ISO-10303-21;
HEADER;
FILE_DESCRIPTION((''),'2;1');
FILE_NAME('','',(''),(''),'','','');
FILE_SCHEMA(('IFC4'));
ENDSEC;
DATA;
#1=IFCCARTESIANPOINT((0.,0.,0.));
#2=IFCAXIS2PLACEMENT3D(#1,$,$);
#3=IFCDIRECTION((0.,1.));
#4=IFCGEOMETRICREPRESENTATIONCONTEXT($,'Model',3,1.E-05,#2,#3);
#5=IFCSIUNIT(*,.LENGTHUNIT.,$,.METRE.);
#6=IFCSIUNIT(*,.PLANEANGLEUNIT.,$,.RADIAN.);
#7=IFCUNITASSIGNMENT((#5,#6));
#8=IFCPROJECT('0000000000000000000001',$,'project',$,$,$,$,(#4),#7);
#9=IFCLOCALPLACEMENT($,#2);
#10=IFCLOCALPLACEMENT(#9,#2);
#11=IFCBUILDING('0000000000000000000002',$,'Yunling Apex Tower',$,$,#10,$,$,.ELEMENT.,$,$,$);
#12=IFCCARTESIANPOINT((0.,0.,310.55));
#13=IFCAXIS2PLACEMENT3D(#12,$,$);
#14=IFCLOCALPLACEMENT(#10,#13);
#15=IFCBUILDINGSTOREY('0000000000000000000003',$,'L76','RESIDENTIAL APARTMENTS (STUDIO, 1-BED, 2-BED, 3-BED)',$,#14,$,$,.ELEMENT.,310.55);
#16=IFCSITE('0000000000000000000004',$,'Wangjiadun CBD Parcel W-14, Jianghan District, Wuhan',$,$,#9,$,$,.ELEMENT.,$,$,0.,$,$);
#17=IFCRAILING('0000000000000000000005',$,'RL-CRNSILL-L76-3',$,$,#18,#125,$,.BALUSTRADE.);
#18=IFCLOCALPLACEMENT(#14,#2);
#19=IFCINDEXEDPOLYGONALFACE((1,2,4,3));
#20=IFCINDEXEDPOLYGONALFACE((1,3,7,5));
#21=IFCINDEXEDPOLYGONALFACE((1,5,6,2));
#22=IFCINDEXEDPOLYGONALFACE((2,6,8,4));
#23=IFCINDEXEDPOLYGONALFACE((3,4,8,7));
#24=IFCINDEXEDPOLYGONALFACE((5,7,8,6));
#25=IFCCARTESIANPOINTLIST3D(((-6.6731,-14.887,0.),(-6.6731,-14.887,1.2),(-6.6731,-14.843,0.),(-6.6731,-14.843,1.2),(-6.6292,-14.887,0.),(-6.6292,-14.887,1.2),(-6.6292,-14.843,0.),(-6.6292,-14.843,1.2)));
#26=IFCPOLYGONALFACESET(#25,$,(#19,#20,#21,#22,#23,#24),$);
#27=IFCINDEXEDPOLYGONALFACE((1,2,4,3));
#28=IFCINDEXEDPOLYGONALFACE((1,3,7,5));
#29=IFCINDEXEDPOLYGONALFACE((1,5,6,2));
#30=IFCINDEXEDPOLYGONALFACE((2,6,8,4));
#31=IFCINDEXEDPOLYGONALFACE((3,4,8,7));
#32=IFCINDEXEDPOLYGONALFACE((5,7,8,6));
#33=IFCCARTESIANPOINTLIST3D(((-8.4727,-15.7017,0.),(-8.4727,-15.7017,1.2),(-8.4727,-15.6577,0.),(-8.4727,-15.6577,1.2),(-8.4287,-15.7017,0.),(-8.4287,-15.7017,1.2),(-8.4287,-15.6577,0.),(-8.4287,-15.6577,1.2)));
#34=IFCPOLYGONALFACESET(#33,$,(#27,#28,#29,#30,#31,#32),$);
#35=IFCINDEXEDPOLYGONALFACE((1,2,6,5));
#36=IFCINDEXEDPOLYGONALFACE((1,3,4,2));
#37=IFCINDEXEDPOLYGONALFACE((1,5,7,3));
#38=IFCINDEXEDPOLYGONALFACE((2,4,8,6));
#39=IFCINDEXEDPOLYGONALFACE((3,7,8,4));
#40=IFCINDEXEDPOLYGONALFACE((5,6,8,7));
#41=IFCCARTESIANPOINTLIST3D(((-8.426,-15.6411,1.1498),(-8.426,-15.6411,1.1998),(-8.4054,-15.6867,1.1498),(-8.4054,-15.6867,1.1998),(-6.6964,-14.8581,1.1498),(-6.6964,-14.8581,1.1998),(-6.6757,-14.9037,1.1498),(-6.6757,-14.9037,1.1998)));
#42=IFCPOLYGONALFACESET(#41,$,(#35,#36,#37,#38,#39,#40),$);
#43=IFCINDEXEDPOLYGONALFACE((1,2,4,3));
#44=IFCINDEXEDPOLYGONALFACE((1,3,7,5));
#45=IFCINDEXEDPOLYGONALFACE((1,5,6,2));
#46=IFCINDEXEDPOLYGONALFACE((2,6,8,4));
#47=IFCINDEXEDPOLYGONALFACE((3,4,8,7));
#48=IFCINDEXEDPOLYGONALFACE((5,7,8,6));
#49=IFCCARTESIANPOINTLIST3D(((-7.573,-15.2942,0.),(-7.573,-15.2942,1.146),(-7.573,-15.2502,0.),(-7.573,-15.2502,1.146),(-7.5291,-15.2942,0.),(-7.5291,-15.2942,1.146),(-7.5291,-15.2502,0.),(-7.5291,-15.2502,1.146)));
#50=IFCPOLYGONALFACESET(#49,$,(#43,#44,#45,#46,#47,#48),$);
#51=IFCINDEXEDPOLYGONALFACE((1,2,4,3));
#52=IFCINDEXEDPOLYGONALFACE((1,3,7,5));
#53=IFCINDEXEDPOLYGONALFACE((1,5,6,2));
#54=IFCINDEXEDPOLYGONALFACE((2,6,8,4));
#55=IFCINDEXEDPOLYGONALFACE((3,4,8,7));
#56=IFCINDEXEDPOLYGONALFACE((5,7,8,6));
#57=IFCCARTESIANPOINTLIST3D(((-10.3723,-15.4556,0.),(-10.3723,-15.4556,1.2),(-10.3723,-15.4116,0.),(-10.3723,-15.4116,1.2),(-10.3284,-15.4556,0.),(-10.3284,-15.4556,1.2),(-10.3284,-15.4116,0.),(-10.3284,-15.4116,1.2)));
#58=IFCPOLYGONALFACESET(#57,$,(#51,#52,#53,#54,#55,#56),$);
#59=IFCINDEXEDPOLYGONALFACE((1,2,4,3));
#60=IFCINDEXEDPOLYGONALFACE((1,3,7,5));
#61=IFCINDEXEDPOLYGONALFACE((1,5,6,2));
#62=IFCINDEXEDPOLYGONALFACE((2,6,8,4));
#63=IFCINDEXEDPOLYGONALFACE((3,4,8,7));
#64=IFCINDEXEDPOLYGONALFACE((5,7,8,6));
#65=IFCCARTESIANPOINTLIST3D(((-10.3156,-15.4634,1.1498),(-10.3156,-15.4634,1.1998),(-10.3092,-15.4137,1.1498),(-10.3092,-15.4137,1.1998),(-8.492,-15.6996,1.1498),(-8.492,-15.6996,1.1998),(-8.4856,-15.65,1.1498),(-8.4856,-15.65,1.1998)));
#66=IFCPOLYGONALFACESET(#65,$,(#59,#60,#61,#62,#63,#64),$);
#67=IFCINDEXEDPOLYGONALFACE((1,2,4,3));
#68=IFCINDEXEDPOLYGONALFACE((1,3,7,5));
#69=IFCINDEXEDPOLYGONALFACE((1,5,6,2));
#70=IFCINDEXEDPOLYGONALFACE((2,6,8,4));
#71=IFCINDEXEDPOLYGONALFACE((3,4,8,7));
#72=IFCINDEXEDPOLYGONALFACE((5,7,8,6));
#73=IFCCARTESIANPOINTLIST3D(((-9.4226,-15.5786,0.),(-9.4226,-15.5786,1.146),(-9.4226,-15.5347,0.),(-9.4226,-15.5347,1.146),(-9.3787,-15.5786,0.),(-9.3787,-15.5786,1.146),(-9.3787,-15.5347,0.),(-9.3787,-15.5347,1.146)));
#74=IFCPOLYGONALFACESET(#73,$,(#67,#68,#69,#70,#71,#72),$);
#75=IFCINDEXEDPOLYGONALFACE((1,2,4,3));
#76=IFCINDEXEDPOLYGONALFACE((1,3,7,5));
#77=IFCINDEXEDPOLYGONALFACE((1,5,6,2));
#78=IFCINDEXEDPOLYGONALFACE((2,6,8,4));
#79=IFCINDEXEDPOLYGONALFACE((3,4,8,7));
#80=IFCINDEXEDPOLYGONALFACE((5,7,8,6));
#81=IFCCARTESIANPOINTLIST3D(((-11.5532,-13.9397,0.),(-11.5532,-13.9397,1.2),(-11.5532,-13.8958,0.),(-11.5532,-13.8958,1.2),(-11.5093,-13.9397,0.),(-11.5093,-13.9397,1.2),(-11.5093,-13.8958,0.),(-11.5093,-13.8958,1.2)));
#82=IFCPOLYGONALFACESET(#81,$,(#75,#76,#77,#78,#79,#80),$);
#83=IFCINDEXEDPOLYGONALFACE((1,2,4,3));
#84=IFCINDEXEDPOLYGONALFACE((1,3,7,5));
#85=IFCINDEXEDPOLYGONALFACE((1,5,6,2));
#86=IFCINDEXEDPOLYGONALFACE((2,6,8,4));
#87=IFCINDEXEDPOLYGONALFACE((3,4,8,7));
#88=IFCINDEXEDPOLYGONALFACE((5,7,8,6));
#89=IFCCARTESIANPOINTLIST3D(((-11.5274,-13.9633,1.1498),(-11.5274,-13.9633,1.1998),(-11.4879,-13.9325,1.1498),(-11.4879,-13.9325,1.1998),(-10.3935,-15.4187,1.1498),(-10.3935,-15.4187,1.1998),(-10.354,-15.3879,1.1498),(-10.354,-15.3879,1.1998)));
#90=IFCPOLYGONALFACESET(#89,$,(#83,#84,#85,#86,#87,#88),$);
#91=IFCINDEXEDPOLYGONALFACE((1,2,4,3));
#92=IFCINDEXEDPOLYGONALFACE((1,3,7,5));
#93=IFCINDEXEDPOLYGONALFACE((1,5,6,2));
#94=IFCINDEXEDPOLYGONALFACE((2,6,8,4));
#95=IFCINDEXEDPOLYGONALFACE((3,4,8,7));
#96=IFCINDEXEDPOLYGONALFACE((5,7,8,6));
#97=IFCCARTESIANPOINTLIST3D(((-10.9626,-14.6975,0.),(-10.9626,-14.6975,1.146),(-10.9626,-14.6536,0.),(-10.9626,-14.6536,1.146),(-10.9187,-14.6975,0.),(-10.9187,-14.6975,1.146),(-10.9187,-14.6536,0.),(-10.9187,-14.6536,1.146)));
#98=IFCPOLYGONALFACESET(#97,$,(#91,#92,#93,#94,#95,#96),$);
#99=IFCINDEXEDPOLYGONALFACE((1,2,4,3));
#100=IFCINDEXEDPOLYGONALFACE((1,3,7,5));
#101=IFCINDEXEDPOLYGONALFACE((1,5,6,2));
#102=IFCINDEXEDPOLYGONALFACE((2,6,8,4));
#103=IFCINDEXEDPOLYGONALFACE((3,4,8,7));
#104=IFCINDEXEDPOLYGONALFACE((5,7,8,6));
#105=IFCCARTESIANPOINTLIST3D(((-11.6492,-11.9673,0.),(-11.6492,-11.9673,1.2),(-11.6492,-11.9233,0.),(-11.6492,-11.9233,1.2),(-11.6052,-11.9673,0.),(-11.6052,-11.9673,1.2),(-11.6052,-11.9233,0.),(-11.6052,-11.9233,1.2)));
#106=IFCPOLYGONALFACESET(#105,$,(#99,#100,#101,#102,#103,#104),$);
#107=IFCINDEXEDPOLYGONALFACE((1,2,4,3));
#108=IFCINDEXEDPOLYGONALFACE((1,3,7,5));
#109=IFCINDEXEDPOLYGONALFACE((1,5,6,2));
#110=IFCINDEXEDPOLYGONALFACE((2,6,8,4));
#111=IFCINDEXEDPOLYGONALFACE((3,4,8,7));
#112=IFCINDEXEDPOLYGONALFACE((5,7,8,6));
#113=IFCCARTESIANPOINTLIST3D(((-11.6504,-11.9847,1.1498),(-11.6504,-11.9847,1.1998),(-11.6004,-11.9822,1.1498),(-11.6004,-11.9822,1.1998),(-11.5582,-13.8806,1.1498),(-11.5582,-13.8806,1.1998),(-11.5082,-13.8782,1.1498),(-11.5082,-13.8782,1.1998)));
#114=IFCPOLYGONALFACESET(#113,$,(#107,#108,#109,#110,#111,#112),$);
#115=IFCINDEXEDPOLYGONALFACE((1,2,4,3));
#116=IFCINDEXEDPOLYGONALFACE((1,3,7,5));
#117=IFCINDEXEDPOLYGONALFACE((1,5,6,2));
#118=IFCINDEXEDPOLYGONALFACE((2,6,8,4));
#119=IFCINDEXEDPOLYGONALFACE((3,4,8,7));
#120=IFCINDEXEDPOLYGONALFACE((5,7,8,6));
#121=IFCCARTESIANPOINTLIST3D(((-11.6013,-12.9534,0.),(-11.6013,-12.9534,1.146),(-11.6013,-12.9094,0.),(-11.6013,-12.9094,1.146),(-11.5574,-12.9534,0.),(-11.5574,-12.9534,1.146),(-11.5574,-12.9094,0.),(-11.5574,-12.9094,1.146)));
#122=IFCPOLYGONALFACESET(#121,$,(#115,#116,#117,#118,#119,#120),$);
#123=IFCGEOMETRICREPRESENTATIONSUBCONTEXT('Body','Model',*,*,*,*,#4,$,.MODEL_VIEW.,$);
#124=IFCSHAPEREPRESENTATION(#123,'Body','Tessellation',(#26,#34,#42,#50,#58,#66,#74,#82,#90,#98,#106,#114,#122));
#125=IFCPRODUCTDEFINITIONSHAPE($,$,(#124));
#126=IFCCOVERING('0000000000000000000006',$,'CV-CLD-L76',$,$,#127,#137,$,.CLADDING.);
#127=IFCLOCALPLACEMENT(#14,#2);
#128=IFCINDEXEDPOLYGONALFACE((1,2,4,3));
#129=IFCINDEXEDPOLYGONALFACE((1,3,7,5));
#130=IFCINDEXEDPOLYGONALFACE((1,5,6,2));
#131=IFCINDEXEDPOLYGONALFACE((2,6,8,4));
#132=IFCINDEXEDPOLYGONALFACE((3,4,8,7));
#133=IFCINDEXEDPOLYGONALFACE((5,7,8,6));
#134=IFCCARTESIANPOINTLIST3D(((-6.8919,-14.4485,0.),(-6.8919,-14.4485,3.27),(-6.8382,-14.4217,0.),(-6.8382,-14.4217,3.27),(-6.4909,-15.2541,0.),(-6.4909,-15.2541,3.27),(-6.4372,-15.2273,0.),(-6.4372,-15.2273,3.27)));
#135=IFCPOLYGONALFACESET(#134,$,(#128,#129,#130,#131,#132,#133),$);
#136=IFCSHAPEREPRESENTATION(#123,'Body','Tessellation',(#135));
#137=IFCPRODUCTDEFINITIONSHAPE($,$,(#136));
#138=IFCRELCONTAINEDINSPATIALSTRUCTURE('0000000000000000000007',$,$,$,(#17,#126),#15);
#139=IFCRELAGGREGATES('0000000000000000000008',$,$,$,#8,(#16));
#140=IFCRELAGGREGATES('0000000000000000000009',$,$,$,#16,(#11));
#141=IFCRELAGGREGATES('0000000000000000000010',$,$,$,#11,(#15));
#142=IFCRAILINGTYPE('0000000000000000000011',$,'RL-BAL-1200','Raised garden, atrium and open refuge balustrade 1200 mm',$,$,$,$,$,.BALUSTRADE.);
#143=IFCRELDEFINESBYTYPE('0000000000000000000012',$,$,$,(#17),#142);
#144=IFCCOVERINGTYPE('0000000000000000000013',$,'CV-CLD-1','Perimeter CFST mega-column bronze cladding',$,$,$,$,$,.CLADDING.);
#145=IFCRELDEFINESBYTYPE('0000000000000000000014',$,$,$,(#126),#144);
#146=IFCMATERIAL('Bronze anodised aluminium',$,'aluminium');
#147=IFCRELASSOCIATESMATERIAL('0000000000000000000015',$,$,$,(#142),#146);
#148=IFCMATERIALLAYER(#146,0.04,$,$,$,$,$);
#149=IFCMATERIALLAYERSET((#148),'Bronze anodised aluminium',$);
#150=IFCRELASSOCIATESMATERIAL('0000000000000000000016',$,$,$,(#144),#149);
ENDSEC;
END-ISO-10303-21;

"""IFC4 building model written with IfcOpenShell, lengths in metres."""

from ifc_helpers import new_model, si_unit, direction, frame, origin, origin_2d, place, context, subcontext, project, spatial, rectangle, extrude, source, transform, mapped, material, layer, layer_set, type_object, element, save


model = new_model("IFC4")

# Units and contexts
model_context = context("Model", 3, precision=1e-05, world=origin(), true_north=direction((0.0, 1.0)))
body_context = subcontext(model_context, "Body", "Model", "MODEL_VIEW")
ifc_project = project(units=[si_unit("LENGTHUNIT", "METRE"), si_unit("PLANEANGLEUNIT", "RADIAN")], contexts=[model_context])

# Site, building, storey
site_placement = place(None, origin())
site = spatial("IfcSite", under=ifc_project, at=site_placement, Name="Wangjiadun CBD Parcel W-14, Jianghan District, Wuhan", CompositionType="ELEMENT", RefElevation=0.0)
building_placement = place(site_placement, origin())
building = spatial("IfcBuilding", under=site, at=building_placement, Name="Yunling Apex Tower", CompositionType="ELEMENT")
storey_placement = place(building_placement, frame((0.0, 0.0, 310.55)))
storey = spatial("IfcBuildingStorey", under=building, at=storey_placement, Name="L76", Description="RESIDENTIAL APARTMENTS (STUDIO, 1-BED, 2-BED, 3-BED)", CompositionType="ELEMENT", Elevation=310.55)

# Shared definitions
ifc_material_1 = material(Name="Bronze anodised aluminium", Category="aluminium")

# Railing
railing_type = type_object("IfcRailingType", Name="RL-BAL-1200", Description="Raised garden, atrium and open refuge balustrade 1200 mm", PredefinedType="BALUSTRADE", material=ifc_material_1)
railing_placement = place(storey_placement, frame((-6.6511, -14.865, 0.0)))
element("IfcRailing", 1, at=railing_placement, inside=storey, type_object=railing_type, Name="RL-CRNSILL-L76-3", PredefinedType="BALUSTRADE", context=body_context, shape_type="SweptSolid", body=[
    extrude(rectangle(XDim=0.0439, YDim=0.0439, at=origin_2d()), origin(), (0.0, 0.0, 1.0), 1.2),
    extrude(rectangle(XDim=0.0439, YDim=0.0439, at=origin_2d()), frame((-1.7996, -0.8147, 0.0)), (0.0, 0.0, 1.0), 1.2),
    extrude(rectangle(XDim=0.05, YDim=0.05, at=origin_2d()), frame((-0.0349, -0.0159, 1.1748), z_axis=(-0.910992, -0.412424, 0.0), x_axis=(0.412424, -0.910992, 0.0)), (0.0, 0.0, 1.0), 1.8987),
    extrude(rectangle(XDim=0.0439, YDim=0.0439, at=origin_2d()), frame((-0.8999, -0.4072, 0.0)), (0.0, 0.0, 1.0), 1.146),
    extrude(rectangle(XDim=0.0439, YDim=0.0439, at=origin_2d()), frame((-3.6992, -0.5686, 0.0)), (0.0, 0.0, 1.0), 1.2),
    extrude(rectangle(XDim=0.05, YDim=0.05, at=origin_2d()), frame((-1.8376, -0.8098, 1.1748), z_axis=(-0.991713, 0.128473, 0.0), x_axis=(-0.128473, -0.991713, 0.0)), (0.0, 0.0, 1.0), 1.8389),
    extrude(rectangle(XDim=0.0439, YDim=0.0439, at=origin_2d()), frame((-2.7495, -0.6917, 0.0)), (0.0, 0.0, 1.0), 1.146),
    extrude(rectangle(XDim=0.0439, YDim=0.0439, at=origin_2d()), frame((-4.8801, 0.9473, 0.0)), (0.0, 0.0, 1.0), 1.2),
    extrude(rectangle(XDim=0.05, YDim=0.05, at=origin_2d()), frame((-3.7227, -0.5383, 1.1748), z_axis=(-0.614556, 0.788873, 0.0), x_axis=(-0.788873, -0.614556, 0.0)), (0.0, 0.0, 1.0), 1.845),
    extrude(rectangle(XDim=0.0439, YDim=0.0439, at=origin_2d()), frame((-4.2896, 0.1895, 0.0)), (0.0, 0.0, 1.0), 1.146),
    extrude(rectangle(XDim=0.0439, YDim=0.0439, at=origin_2d()), frame((-4.9761, 2.9197, 0.0)), (0.0, 0.0, 1.0), 1.2),
    extrude(rectangle(XDim=0.05, YDim=0.05, at=origin_2d()), frame((-4.8821, 0.9856, 1.1748), z_axis=(-0.048587, 0.998819, 0.0), x_axis=(-0.998819, -0.048587, 0.0)), (0.0, 0.0, 1.0), 1.8982),
    extrude(rectangle(XDim=0.0439, YDim=0.0439, at=origin_2d()), frame((-4.9282, 1.9336, 0.0)), (0.0, 0.0, 1.0), 1.146),
])

# Covering
ifc_layer_1 = layer(ifc_material_1, 0.04)
ifc_layer_set_1 = layer_set([ifc_layer_1], Name="Bronze anodised aluminium")
covering_type = type_object("IfcCoveringType", Name="CV-CLD-1", Description="Perimeter CFST mega-column bronze cladding", PredefinedType="CLADDING", material=ifc_layer_set_1)
shared_shape_1 = source(origin(), body_context, "Body", "SweptSolid", [
    extrude(rectangle(XDim=0.0601, YDim=0.8999, at=origin_2d()), origin(), (0.0, 0.0, 1.0), 3.27),
])
covering_placement = place(storey_placement, frame((-6.6646, -14.8379, 0.0), z_axis=(0.0, 0.0, 1.0), x_axis=(0.895246, 0.445573, 0.0)))
element("IfcCovering", 2, at=covering_placement, inside=storey, type_object=covering_type, Name="CV-CLD-L76", PredefinedType="CLADDING", context=body_context, shape_type="MappedRepresentation", body=[
    mapped(shared_shape_1, transform((0.0, 0.0, 0.0), scale=1.0)),
])

save(model, "model.ifc")
